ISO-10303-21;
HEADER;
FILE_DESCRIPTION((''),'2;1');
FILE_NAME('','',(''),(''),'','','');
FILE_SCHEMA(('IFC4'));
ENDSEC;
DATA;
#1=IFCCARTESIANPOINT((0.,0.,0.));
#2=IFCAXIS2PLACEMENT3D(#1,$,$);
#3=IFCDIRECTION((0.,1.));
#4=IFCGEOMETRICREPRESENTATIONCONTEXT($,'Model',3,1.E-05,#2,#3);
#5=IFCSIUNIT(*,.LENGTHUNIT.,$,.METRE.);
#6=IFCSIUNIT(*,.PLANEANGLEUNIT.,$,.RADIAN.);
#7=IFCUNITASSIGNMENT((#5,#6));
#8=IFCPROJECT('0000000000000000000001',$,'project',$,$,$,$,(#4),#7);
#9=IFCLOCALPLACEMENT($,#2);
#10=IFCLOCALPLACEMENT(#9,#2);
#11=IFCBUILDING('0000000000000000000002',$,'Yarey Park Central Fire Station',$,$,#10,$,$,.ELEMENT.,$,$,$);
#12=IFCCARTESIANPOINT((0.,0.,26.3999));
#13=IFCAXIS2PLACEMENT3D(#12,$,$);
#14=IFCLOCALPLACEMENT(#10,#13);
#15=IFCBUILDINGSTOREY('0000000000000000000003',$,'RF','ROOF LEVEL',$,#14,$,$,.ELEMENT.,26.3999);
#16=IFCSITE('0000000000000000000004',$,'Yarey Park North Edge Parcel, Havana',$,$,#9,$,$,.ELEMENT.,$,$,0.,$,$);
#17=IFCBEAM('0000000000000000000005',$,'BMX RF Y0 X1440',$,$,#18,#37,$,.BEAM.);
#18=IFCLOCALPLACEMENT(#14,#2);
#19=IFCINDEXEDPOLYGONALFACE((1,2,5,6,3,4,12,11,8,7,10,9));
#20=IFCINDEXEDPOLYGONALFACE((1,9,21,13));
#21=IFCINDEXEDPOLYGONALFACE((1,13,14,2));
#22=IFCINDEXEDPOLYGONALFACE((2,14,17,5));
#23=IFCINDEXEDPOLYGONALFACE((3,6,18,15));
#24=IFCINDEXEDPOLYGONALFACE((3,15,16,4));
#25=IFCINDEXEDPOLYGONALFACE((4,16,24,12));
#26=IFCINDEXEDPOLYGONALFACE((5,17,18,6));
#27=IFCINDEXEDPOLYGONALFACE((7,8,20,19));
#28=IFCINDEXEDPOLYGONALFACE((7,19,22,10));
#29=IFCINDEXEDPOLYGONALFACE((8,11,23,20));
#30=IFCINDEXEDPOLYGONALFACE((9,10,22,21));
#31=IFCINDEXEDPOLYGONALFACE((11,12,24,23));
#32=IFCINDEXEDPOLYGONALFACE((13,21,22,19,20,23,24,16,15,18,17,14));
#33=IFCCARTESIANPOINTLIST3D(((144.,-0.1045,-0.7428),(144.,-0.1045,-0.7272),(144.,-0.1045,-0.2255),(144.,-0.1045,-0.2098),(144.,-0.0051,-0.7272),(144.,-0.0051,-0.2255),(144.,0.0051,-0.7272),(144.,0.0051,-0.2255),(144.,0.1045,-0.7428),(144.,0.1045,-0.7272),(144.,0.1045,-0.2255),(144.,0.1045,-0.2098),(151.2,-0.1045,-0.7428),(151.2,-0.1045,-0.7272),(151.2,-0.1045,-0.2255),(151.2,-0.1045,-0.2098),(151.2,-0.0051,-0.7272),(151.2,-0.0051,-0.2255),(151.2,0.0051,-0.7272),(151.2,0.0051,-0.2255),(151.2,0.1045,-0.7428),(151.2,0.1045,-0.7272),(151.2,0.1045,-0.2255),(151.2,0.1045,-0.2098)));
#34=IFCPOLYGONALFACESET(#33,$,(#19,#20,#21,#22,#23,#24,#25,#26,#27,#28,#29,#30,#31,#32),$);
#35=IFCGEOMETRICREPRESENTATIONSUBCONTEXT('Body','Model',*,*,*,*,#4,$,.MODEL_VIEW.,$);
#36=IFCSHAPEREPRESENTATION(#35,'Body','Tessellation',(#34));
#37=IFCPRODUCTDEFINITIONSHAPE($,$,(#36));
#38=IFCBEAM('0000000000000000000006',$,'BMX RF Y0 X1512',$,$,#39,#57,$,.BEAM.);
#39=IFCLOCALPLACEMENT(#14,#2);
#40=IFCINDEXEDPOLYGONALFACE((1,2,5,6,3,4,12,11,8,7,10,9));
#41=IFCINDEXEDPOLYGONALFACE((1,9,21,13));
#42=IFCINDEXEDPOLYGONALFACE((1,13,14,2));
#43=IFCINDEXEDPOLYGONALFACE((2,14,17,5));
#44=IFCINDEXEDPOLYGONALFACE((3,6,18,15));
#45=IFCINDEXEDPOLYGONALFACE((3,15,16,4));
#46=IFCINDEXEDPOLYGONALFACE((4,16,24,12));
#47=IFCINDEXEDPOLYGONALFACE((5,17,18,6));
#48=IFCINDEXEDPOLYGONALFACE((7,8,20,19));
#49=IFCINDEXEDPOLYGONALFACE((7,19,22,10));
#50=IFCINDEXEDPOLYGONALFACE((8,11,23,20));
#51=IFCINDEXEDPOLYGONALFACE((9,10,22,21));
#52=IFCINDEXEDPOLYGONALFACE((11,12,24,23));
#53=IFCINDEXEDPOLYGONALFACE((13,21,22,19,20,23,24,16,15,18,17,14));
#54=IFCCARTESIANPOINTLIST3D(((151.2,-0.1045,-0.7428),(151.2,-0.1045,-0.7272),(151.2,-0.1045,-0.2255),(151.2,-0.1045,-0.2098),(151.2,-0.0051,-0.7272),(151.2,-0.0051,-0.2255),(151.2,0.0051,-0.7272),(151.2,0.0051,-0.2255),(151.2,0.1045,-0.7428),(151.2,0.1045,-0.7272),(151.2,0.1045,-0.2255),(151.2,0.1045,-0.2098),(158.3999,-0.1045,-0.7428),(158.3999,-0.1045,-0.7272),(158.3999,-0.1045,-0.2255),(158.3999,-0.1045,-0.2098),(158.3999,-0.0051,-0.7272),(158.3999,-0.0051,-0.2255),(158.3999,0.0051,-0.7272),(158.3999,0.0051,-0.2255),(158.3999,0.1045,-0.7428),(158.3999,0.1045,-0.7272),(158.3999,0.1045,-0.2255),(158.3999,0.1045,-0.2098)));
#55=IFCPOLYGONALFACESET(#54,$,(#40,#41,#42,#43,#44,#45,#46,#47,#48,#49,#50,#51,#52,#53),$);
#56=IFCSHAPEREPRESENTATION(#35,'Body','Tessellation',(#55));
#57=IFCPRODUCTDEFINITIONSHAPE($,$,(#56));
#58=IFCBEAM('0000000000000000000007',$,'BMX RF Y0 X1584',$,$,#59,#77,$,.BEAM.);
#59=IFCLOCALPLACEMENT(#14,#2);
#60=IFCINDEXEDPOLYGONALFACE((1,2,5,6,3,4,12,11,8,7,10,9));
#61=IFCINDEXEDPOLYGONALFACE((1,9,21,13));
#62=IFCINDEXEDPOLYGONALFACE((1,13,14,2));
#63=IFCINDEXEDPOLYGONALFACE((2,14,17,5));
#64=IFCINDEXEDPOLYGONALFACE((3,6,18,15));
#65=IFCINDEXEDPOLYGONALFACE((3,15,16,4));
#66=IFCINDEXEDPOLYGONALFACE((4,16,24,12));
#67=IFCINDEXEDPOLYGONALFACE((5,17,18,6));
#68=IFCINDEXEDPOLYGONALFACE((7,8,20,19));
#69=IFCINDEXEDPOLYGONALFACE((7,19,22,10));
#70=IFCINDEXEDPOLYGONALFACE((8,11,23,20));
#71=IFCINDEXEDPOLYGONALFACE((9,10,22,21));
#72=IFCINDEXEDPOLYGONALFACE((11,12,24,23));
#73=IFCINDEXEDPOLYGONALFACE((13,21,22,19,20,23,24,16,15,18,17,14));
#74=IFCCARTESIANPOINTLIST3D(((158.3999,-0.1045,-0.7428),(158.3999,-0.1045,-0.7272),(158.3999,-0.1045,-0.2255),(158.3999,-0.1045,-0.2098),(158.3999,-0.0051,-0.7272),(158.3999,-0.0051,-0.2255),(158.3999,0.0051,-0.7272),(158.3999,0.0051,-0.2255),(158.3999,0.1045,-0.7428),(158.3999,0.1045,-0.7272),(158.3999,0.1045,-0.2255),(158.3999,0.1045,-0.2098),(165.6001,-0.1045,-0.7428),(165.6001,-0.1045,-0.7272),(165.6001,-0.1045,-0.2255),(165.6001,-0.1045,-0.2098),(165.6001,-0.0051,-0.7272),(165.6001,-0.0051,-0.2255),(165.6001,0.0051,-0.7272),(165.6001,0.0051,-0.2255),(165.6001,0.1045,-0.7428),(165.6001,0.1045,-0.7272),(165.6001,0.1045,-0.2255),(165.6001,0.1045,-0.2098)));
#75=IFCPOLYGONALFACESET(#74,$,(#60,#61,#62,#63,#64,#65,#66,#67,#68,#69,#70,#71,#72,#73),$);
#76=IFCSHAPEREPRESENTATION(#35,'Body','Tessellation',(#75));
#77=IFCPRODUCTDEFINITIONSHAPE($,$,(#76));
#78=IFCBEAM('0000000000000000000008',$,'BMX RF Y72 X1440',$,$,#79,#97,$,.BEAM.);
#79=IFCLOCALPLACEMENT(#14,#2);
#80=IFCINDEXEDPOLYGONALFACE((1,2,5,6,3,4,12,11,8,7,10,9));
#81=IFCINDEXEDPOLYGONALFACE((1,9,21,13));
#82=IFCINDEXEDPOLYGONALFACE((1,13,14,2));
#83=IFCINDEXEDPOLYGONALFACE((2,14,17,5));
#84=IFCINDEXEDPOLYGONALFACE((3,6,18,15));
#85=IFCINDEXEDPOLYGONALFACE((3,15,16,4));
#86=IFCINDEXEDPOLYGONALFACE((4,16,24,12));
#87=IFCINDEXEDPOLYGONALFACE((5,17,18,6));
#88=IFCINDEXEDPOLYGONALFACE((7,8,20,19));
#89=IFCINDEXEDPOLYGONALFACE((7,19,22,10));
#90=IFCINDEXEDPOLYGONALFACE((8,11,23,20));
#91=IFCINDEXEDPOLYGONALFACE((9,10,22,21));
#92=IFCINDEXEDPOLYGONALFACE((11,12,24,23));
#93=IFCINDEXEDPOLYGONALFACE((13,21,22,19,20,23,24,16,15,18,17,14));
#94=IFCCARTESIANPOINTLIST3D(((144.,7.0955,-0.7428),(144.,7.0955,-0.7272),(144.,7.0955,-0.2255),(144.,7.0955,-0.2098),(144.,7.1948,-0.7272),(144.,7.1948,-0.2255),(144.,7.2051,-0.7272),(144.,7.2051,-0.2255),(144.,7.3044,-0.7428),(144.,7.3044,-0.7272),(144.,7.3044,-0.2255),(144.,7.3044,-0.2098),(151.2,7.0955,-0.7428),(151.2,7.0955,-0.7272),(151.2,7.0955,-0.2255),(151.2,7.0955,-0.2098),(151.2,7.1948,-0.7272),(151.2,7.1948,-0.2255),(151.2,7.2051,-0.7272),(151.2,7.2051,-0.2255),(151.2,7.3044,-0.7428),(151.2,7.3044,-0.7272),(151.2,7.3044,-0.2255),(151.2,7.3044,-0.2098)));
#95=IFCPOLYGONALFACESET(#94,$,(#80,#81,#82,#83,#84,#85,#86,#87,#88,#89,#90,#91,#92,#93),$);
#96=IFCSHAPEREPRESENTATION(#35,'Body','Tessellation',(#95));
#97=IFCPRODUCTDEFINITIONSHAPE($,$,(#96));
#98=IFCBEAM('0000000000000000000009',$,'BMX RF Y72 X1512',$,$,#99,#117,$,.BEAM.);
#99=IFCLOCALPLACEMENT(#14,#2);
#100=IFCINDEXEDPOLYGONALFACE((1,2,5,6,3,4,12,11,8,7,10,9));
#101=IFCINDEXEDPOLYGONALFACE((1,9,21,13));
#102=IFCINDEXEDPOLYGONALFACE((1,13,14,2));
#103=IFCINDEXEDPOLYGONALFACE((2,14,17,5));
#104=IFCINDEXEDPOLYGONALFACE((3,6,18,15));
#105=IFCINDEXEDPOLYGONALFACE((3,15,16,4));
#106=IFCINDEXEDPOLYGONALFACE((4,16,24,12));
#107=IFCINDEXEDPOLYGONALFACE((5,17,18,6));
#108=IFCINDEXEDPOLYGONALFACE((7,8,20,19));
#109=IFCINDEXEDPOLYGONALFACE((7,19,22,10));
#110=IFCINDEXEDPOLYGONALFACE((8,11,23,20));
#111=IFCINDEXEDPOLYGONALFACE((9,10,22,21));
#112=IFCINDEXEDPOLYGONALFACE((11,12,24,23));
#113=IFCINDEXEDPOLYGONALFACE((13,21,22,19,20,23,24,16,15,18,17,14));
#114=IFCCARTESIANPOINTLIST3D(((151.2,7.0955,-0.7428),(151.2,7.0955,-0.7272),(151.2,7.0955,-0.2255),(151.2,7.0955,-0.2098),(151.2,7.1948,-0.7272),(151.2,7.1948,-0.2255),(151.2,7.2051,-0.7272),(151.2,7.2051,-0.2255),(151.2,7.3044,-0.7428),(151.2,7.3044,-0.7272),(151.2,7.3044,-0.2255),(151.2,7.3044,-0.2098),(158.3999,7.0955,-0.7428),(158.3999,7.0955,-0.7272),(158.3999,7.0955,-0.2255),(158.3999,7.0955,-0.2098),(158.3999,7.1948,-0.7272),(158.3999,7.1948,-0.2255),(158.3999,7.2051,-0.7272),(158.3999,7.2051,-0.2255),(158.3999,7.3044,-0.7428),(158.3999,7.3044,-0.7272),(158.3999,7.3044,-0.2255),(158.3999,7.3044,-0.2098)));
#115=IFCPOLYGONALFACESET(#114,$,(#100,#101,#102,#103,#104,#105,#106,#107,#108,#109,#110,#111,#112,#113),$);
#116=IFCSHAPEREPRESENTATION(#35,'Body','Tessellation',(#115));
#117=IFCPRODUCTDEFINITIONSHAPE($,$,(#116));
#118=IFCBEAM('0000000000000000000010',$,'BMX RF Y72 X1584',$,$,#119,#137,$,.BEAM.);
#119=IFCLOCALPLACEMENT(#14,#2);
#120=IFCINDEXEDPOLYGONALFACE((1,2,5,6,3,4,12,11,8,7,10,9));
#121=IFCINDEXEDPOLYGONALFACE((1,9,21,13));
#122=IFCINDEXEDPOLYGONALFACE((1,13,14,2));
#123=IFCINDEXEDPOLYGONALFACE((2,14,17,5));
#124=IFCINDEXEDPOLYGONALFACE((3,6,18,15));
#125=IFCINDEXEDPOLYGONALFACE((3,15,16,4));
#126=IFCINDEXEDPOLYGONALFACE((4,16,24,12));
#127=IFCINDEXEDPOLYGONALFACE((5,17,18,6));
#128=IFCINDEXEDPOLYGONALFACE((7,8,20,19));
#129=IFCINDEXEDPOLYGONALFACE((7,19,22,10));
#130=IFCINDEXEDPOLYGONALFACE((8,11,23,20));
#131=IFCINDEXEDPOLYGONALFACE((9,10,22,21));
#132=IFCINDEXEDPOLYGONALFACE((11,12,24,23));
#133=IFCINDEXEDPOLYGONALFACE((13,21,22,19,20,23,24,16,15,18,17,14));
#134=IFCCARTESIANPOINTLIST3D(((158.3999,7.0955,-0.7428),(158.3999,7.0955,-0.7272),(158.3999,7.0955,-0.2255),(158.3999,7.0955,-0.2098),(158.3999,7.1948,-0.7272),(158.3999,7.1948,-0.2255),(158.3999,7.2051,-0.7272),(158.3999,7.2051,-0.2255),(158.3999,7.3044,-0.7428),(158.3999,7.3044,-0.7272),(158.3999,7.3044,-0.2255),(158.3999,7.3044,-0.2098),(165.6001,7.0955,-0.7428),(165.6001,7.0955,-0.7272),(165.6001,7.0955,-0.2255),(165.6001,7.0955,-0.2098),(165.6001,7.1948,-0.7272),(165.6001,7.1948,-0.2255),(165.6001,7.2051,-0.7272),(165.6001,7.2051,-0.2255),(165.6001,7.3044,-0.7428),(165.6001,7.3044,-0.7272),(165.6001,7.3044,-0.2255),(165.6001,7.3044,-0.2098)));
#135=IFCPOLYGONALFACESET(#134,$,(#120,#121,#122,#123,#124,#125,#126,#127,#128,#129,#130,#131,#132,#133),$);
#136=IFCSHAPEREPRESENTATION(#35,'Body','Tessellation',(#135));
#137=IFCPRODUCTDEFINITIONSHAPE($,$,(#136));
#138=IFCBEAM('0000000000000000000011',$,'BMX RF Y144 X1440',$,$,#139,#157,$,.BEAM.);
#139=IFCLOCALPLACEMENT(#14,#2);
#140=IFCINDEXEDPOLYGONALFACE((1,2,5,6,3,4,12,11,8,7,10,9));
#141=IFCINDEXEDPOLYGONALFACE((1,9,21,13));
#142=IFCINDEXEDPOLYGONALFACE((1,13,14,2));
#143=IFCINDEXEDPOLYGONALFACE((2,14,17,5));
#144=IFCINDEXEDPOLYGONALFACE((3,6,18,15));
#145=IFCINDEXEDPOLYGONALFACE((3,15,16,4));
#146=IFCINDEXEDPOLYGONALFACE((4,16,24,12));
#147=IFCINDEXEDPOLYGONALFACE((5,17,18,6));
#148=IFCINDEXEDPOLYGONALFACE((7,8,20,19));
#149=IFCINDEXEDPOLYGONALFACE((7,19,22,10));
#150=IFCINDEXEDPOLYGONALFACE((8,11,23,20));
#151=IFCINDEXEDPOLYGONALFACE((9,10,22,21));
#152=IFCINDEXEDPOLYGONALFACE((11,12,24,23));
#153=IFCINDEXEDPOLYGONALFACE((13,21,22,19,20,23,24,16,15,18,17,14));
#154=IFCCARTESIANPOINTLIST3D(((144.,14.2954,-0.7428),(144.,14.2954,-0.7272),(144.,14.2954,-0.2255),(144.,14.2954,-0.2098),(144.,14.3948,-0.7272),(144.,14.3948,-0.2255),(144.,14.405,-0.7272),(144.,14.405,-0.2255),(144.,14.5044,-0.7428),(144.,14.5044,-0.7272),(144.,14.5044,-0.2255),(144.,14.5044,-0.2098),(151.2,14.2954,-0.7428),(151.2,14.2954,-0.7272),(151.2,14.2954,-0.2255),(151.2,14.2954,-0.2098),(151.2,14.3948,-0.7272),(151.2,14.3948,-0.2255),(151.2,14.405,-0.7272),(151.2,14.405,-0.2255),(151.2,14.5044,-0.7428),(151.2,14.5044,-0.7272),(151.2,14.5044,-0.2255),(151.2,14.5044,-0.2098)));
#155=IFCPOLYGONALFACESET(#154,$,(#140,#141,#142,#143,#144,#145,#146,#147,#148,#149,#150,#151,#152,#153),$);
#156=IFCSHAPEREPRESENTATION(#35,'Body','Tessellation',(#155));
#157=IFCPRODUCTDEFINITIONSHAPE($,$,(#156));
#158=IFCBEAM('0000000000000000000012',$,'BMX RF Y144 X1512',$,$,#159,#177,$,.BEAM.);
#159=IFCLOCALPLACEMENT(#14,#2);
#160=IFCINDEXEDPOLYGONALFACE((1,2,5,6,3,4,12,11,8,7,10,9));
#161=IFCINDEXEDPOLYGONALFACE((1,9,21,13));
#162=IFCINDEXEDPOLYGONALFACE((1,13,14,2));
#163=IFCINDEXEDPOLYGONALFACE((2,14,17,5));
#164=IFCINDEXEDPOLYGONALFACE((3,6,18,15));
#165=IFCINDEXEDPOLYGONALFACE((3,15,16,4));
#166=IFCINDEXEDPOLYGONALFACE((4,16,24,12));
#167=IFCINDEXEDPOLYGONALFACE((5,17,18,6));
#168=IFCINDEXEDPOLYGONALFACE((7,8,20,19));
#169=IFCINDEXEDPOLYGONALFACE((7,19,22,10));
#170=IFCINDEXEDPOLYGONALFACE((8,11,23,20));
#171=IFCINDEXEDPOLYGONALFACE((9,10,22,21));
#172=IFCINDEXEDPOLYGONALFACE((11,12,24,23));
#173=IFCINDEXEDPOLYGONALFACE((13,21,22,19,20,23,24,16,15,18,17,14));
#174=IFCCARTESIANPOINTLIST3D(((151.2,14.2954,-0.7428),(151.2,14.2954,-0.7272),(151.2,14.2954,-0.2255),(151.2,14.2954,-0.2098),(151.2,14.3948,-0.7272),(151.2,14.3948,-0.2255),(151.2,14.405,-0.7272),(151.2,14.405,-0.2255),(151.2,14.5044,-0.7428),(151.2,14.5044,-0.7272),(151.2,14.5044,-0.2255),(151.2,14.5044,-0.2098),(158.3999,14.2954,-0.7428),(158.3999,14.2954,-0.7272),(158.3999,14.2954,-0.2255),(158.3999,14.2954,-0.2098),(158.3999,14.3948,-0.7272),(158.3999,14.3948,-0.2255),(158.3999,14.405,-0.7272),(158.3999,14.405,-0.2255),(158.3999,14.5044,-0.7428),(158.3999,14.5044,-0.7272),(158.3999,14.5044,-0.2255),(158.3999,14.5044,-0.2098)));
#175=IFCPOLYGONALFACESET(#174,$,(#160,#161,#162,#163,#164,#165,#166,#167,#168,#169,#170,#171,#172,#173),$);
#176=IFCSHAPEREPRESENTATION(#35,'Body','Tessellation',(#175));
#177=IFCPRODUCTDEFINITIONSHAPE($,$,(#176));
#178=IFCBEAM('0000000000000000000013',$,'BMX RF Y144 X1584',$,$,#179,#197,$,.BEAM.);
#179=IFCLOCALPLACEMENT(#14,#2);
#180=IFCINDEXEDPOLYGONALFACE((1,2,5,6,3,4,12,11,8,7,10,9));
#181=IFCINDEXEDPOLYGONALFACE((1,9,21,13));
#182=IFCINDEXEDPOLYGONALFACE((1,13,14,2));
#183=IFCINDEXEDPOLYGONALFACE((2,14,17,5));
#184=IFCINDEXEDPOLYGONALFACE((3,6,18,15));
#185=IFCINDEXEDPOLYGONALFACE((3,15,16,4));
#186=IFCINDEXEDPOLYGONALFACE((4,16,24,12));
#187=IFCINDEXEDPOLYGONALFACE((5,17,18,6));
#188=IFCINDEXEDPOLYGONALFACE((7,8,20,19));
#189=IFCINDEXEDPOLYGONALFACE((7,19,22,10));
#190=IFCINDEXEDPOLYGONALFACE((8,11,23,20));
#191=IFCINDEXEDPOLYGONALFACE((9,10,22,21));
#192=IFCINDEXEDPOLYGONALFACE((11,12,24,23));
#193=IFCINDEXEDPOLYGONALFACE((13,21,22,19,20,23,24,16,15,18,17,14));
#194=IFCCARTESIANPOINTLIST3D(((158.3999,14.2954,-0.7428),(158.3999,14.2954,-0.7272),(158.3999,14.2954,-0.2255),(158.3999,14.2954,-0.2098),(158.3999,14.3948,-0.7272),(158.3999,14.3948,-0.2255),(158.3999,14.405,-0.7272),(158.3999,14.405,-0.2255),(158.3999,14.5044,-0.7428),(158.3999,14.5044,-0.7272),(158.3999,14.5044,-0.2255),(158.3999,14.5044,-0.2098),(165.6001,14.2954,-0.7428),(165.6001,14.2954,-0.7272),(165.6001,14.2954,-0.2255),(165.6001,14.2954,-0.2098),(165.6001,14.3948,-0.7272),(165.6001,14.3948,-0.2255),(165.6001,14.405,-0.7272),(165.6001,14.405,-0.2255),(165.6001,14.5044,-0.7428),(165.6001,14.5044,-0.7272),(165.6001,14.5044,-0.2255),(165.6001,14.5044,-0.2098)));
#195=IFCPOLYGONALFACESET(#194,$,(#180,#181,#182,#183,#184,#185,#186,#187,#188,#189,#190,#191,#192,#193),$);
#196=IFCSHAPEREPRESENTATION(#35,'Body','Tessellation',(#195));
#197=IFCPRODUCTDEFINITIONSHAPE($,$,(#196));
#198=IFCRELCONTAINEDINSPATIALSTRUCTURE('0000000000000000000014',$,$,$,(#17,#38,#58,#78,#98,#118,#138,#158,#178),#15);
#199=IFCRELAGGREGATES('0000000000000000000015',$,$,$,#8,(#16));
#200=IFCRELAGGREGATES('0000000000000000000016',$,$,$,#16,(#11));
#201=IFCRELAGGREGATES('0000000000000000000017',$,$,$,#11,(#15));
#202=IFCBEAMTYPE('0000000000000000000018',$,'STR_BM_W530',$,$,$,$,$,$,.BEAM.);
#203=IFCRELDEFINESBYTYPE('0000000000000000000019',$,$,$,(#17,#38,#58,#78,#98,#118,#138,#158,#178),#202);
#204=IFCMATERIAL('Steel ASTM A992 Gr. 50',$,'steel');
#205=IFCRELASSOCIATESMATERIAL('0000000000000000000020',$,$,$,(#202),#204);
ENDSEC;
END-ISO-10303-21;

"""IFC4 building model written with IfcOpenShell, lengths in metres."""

from ifc_helpers import new_model, si_unit, direction, frame, origin, origin_2d, place, context, subcontext, project, spatial, i_section, extrude, material, material_profile, profile_set, type_object, element, save


model = new_model("IFC4")

# Units and contexts
model_context = context("Model", 3, precision=1e-05, world=origin(), true_north=direction((0.0, 1.0)))
body_context = subcontext(model_context, "Body", "Model", "MODEL_VIEW")
ifc_project = project(units=[si_unit("LENGTHUNIT", "METRE"), si_unit("PLANEANGLEUNIT", "RADIAN")], contexts=[model_context])

# Site, building, storey
site_placement = place(None, origin())
site = spatial("IfcSite", under=ifc_project, at=site_placement, Name="Yarey Park North Edge Parcel, Havana", CompositionType="ELEMENT", RefElevation=0.0)
building_placement = place(site_placement, origin())
building = spatial("IfcBuilding", under=site, at=building_placement, Name="Yarey Park Central Fire Station", CompositionType="ELEMENT")
storey_placement = place(building_placement, frame((0.0, 0.0, 26.3999)))
storey = spatial("IfcBuildingStorey", under=building, at=storey_placement, Name="RF", Description="ROOF LEVEL", CompositionType="ELEMENT", Elevation=26.3999)

# Beams
ifc_material_1 = material(Name="Steel ASTM A992 Gr. 50", Category="steel")
ifc_material_profile_1 = material_profile(ifc_material_1, i_section(OverallWidth=0.209, OverallDepth=0.533, WebThickness=0.0103, FlangeThickness=0.0156, at=origin_2d()), Name="W530x92")
ifc_profile_set_1 = profile_set([ifc_material_profile_1], Name="Steel ASTM A992 Gr. 50")
beam_type_1 = type_object("IfcBeamType", Name="STR_BM_W530", PredefinedType="BEAM", material=ifc_profile_set_1)
for number, where, z_axis, x_axis, name in (
    (1, (144.0, 0.0, -0.4763), (1.0, 0.0, 0.0), (0.0, 1.0, 0.0), "BMX RF Y0 X1440"),
    (2, (151.2, 0.0, -0.4763), (1.0, 0.0, 0.0), (0.0, 1.0, 0.0), "BMX RF Y0 X1512"),
):
    element("IfcBeam", number, at=place(storey_placement, frame(where, z_axis=z_axis, x_axis=x_axis)), inside=storey, type_object=beam_type_1, Name=name, PredefinedType="BEAM", context=body_context, shape_type="SweptSolid", body=[
        extrude(i_section(OverallWidth=0.209, OverallDepth=0.533, WebThickness=0.0103, FlangeThickness=0.0156, at=origin_2d()), origin(), (0.0, 0.0, 1.0), 7.2),
    ])
beam_1_placement = place(storey_placement, frame((158.3999, 0.0, -0.4763), z_axis=(1.0, 0.0, 0.0), x_axis=(0.0, 1.0, 0.0)))
element("IfcBeam", 3, at=beam_1_placement, inside=storey, type_object=beam_type_1, Name="BMX RF Y0 X1584", PredefinedType="BEAM", context=body_context, shape_type="SweptSolid", body=[
    extrude(i_section(OverallWidth=0.209, OverallDepth=0.533, WebThickness=0.0103, FlangeThickness=0.0156, at=origin_2d()), origin(), (0.0, 0.0, 1.0), 7.2002),
])
for number, where, z_axis, x_axis, name in (
    (4, (144.0, 7.2, -0.4763), (1.0, 0.0, 0.0), (0.0, 1.0, 0.0), "BMX RF Y72 X1440"),
    (5, (151.2, 7.2, -0.4763), (1.0, 0.0, 0.0), (0.0, 1.0, 0.0), "BMX RF Y72 X1512"),
):
    element("IfcBeam", number, at=place(storey_placement, frame(where, z_axis=z_axis, x_axis=x_axis)), inside=storey, type_object=beam_type_1, Name=name, PredefinedType="BEAM", context=body_context, shape_type="SweptSolid", body=[
        extrude(i_section(OverallWidth=0.209, OverallDepth=0.533, WebThickness=0.0103, FlangeThickness=0.0156, at=origin_2d()), origin(), (0.0, 0.0, 1.0), 7.2),
    ])
beam_2_placement = place(storey_placement, frame((158.3999, 7.2, -0.4763), z_axis=(1.0, 0.0, 0.0), x_axis=(0.0, 1.0, 0.0)))
element("IfcBeam", 6, at=beam_2_placement, inside=storey, type_object=beam_type_1, Name="BMX RF Y72 X1584", PredefinedType="BEAM", context=body_context, shape_type="SweptSolid", body=[
    extrude(i_section(OverallWidth=0.209, OverallDepth=0.533, WebThickness=0.0103, FlangeThickness=0.0156, at=origin_2d()), origin(), (0.0, 0.0, 1.0), 7.2002),
])
for number, where, z_axis, x_axis, name in (
    (7, (144.0, 14.3999, -0.4763), (1.0, 0.0, 0.0), (0.0, 1.0, 0.0), "BMX RF Y144 X1440"),
    (8, (151.2, 14.3999, -0.4763), (1.0, 0.0, 0.0), (0.0, 1.0, 0.0), "BMX RF Y144 X1512"),
):
    element("IfcBeam", number, at=place(storey_placement, frame(where, z_axis=z_axis, x_axis=x_axis)), inside=storey, type_object=beam_type_1, Name=name, PredefinedType="BEAM", context=body_context, shape_type="SweptSolid", body=[
        extrude(i_section(OverallWidth=0.209, OverallDepth=0.533, WebThickness=0.0103, FlangeThickness=0.0156, at=origin_2d()), origin(), (0.0, 0.0, 1.0), 7.2),
    ])
beam_3_placement = place(storey_placement, frame((158.3999, 14.3999, -0.4763), z_axis=(1.0, 0.0, 0.0), x_axis=(0.0, 1.0, 0.0)))
element("IfcBeam", 9, at=beam_3_placement, inside=storey, type_object=beam_type_1, Name="BMX RF Y144 X1584", PredefinedType="BEAM", context=body_context, shape_type="SweptSolid", body=[
    extrude(i_section(OverallWidth=0.209, OverallDepth=0.533, WebThickness=0.0103, FlangeThickness=0.0156, at=origin_2d()), origin(), (0.0, 0.0, 1.0), 7.2002),
])

save(model, "model.ifc")
